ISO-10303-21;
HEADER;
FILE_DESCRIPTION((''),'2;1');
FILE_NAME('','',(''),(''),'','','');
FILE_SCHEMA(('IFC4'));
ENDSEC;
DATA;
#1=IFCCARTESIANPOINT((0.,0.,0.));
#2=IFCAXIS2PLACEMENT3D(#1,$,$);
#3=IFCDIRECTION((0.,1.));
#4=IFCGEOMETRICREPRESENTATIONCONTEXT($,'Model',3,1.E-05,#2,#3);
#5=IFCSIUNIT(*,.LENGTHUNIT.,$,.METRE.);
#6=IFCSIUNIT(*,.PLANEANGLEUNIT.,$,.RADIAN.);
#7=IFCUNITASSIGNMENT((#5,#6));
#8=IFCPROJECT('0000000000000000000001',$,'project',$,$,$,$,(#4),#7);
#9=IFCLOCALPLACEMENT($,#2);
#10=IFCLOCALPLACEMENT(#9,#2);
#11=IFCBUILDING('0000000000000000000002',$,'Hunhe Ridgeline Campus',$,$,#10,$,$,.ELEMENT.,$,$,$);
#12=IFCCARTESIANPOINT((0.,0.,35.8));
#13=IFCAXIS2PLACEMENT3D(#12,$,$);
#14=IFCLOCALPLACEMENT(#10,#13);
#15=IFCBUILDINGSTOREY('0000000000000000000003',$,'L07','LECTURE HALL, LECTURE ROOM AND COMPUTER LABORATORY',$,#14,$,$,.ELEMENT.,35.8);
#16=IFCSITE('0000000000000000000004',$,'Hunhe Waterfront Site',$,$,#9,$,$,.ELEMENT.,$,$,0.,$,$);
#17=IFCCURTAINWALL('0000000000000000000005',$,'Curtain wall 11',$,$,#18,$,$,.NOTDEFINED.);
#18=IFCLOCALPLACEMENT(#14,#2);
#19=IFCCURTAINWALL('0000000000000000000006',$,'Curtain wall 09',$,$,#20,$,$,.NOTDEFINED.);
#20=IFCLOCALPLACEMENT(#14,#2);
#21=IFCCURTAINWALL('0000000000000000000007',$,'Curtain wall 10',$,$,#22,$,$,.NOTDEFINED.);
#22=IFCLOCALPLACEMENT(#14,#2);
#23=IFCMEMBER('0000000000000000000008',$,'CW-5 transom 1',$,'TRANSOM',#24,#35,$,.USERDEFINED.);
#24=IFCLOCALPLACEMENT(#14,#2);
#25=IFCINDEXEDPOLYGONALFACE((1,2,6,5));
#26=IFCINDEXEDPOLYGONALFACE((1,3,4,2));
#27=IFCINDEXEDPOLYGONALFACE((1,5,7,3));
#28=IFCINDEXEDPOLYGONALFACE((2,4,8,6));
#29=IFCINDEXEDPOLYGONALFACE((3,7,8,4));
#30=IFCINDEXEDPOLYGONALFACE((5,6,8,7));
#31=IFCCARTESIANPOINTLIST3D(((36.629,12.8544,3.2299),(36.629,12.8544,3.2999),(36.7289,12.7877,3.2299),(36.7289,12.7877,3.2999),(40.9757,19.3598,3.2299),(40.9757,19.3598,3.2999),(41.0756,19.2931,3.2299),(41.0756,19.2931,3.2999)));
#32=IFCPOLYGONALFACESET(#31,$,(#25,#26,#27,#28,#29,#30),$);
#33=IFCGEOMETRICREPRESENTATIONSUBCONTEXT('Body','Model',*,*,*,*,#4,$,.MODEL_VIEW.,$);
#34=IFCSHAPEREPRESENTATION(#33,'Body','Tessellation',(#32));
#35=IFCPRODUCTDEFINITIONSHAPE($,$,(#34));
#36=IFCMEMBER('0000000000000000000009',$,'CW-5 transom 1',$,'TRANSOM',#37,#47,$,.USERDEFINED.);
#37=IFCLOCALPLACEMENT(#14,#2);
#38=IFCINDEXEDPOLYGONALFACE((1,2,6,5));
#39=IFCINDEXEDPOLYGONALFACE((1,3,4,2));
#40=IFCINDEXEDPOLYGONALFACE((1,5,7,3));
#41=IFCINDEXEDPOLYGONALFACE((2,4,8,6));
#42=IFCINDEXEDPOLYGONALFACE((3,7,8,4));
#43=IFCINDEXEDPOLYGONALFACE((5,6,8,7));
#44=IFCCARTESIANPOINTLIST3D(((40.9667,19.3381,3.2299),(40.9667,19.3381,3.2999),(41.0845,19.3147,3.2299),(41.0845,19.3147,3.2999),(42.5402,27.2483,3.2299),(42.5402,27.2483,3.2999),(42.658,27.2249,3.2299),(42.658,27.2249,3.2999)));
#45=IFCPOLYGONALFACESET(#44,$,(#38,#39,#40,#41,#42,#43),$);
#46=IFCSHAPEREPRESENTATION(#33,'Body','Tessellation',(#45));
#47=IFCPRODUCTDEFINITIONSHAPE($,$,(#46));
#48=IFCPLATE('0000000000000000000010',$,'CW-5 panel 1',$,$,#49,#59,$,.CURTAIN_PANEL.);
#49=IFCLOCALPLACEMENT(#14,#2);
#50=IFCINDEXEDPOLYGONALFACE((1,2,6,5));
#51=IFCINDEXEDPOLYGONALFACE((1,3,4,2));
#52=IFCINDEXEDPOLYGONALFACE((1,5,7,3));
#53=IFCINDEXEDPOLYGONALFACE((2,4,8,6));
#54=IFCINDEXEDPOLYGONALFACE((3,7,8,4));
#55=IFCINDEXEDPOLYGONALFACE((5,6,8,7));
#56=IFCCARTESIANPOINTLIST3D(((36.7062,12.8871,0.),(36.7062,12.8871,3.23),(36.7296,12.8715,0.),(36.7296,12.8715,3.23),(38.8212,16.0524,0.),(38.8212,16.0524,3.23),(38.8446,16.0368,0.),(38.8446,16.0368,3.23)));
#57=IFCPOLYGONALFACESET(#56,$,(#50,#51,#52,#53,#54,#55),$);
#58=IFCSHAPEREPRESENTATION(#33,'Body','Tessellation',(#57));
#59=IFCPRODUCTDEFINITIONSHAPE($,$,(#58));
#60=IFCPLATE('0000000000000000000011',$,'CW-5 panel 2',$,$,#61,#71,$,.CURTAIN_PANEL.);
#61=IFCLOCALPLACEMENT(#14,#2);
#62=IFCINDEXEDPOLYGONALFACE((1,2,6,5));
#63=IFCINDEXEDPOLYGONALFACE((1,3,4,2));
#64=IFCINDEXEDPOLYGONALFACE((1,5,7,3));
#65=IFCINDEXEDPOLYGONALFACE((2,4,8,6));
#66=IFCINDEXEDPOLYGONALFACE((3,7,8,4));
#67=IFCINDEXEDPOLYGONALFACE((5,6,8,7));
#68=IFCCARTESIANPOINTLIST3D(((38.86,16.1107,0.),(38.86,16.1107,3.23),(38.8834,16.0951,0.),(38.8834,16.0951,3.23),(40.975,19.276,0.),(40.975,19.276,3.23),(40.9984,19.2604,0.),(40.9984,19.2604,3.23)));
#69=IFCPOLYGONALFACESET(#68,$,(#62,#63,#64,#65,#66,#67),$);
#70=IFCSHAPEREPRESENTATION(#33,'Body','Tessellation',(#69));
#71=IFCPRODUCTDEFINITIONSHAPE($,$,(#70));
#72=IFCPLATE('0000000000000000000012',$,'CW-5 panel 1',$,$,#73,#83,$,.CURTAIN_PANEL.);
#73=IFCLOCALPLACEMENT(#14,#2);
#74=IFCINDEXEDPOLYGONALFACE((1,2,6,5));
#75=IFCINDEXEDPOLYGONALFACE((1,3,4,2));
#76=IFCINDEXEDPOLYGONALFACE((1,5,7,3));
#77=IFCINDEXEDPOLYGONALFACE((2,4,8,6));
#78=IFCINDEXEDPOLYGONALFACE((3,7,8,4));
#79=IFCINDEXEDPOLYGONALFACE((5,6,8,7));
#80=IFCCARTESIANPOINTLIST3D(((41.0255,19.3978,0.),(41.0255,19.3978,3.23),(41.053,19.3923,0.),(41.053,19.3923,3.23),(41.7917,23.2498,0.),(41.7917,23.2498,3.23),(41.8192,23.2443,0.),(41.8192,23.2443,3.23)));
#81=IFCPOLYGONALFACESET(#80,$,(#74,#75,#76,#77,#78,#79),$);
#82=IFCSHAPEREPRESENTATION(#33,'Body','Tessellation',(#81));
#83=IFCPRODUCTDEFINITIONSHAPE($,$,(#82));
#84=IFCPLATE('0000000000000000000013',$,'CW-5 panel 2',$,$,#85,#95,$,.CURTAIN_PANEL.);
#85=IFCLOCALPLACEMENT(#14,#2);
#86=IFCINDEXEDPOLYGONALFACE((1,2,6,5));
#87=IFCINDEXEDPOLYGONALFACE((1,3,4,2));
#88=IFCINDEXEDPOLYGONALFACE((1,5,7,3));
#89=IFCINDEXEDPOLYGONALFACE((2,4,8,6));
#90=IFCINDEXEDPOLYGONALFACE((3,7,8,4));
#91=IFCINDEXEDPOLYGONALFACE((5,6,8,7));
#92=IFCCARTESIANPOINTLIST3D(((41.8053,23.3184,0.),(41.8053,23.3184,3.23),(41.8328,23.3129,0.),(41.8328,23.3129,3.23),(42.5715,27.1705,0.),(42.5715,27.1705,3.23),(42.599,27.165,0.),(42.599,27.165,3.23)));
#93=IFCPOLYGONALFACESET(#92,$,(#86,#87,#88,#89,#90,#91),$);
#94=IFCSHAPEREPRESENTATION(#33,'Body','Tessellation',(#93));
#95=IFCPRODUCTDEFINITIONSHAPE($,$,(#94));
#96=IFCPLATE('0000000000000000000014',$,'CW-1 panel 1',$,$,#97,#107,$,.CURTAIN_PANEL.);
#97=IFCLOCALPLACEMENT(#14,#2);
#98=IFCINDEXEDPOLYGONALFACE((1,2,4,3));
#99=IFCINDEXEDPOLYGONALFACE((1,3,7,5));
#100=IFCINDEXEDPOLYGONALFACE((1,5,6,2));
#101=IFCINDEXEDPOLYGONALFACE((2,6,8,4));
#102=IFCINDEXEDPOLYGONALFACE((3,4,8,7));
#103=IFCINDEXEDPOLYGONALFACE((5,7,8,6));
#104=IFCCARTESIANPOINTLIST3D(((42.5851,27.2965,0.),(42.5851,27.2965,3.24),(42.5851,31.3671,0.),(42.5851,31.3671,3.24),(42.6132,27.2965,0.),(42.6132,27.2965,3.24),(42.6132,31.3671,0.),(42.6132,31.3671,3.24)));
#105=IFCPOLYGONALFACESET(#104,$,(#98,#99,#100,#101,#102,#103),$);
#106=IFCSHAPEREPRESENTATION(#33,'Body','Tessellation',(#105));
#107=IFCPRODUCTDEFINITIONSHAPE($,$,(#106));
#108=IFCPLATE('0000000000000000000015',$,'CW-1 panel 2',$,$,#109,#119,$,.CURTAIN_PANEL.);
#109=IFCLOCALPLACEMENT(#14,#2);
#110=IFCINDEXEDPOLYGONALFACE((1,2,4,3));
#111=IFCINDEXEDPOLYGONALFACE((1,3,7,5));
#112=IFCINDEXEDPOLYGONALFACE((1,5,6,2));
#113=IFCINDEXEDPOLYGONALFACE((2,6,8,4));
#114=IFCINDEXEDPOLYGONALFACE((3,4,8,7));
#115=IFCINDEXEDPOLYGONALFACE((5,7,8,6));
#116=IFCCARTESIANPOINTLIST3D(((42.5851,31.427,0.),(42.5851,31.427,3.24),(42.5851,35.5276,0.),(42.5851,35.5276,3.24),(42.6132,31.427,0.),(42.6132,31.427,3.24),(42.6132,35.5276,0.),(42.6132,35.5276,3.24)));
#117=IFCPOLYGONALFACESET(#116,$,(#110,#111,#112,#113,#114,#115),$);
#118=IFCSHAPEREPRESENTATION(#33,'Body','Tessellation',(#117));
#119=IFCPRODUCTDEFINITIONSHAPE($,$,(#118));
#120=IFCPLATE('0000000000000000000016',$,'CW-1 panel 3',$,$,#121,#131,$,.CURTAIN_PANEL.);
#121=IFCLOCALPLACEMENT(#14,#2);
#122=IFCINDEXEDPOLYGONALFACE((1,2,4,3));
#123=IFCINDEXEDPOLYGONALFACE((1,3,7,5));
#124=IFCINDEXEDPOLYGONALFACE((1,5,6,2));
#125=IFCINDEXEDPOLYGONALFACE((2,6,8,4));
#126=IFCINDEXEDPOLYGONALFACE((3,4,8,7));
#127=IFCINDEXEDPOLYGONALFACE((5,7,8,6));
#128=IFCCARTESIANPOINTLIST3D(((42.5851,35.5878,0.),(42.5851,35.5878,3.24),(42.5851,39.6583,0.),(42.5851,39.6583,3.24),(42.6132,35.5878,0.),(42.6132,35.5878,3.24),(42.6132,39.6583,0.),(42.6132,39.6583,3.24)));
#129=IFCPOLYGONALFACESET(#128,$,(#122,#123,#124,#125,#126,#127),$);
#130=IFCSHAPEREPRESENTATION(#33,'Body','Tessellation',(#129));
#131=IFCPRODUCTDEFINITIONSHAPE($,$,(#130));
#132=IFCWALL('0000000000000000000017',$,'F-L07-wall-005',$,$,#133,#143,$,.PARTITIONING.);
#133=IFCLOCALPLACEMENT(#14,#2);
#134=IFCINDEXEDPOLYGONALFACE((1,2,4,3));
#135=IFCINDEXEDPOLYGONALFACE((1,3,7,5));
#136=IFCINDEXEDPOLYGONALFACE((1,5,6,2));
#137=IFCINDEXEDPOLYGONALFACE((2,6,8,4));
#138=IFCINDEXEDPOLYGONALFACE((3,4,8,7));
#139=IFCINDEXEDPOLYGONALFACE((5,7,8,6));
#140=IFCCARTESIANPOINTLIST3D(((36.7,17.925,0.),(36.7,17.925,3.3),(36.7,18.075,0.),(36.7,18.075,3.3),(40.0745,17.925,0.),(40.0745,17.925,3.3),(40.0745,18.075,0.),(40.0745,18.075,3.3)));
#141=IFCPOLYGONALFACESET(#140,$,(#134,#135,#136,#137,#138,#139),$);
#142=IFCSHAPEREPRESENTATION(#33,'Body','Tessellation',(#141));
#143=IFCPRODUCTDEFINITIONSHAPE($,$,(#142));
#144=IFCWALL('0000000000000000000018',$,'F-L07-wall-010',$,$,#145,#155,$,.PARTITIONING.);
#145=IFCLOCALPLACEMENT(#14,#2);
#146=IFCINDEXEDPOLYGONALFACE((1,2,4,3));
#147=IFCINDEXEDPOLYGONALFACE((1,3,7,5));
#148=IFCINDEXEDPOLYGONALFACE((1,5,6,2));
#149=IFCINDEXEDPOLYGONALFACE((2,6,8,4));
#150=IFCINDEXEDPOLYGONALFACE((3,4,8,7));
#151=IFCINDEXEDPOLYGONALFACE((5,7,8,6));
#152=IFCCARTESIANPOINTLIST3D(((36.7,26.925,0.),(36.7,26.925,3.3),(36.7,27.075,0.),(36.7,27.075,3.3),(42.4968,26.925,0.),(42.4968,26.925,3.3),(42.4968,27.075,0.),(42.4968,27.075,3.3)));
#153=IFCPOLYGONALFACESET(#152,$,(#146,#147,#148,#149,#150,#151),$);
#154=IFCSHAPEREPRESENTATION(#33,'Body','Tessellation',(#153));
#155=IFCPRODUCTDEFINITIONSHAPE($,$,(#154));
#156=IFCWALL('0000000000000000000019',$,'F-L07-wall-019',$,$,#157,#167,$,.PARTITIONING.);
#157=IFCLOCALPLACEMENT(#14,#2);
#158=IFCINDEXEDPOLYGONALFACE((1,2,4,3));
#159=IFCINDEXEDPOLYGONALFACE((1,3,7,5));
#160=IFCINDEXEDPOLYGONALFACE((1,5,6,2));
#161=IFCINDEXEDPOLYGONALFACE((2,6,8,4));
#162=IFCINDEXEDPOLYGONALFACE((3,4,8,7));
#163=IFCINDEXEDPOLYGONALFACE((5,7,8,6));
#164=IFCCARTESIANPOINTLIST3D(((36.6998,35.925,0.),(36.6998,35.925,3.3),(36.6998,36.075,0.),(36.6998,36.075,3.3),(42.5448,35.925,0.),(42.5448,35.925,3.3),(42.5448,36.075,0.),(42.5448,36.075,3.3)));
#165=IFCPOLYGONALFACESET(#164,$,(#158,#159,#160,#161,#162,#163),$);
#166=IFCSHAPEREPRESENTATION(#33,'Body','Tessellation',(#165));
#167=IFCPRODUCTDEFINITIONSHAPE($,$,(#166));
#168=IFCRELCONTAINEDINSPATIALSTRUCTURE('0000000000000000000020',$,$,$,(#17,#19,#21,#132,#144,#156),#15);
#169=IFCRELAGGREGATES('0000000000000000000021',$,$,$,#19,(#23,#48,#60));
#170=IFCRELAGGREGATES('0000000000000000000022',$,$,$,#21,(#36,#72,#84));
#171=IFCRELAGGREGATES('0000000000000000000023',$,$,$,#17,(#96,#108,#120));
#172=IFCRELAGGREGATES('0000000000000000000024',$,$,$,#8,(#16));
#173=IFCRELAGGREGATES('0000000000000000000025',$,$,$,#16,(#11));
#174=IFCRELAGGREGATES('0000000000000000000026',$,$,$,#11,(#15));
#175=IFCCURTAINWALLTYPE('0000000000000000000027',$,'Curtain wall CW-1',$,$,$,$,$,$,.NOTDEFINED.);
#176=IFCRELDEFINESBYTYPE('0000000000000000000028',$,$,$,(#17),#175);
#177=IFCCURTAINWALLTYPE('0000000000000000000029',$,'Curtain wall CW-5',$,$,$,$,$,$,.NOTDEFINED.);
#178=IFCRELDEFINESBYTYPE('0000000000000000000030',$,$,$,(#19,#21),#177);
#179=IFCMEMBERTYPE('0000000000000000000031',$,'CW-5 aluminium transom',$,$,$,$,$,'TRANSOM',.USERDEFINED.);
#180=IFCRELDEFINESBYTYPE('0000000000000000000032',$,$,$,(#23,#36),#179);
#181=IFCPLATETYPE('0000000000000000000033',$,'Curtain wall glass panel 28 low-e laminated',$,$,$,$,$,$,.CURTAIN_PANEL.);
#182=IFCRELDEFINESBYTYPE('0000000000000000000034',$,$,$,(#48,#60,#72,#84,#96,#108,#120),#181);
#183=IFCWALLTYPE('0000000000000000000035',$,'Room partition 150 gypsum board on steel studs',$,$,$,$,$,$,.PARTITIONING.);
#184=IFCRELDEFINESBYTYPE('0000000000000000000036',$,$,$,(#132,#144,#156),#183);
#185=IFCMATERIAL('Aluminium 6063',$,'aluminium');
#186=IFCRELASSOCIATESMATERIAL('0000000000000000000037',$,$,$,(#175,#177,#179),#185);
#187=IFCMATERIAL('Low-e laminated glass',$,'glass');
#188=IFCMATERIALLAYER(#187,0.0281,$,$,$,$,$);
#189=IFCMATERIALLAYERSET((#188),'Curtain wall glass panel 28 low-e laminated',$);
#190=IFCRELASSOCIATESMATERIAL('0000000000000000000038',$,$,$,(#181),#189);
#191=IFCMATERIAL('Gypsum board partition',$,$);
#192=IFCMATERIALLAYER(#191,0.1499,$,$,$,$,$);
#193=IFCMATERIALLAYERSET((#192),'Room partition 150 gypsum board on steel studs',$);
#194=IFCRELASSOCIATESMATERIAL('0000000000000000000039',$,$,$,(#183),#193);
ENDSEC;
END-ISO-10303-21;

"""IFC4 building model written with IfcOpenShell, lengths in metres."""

from ifc_helpers import new_model, si_unit, direction, frame, frame_2d, origin, origin_2d, place, context, subcontext, project, spatial, rectangle, extrude, material, layer, layer_set, material_profile, profile_set, type_object, element, aggregate, save


model = new_model("IFC4")

# Units and contexts
model_context = context("Model", 3, precision=1e-05, world=origin(), true_north=direction((0.0, 1.0)))
body_context = subcontext(model_context, "Body", "Model", "MODEL_VIEW")
ifc_project = project(units=[si_unit("LENGTHUNIT", "METRE"), si_unit("PLANEANGLEUNIT", "RADIAN")], contexts=[model_context])

# Site, building, storey
site_placement = place(None, origin())
site = spatial("IfcSite", under=ifc_project, at=site_placement, Name="Hunhe Waterfront Site", CompositionType="ELEMENT", RefElevation=0.0)
building_placement = place(site_placement, origin())
building = spatial("IfcBuilding", under=site, at=building_placement, Name="Hunhe Ridgeline Campus", CompositionType="ELEMENT")
storey_placement = place(building_placement, frame((0.0, 0.0, 35.8)))
storey = spatial("IfcBuildingStorey", under=building, at=storey_placement, Name="L07", Description="LECTURE HALL, LECTURE ROOM AND COMPUTER LABORATORY", CompositionType="ELEMENT", Elevation=35.8)

# Curtain wall
ifc_material_1 = material(Name="Aluminium 6063", Category="aluminium")
curtain_wall_type_1 = type_object("IfcCurtainWallType", Name="Curtain wall CW-1", PredefinedType="NOTDEFINED", material=ifc_material_1)
curtain_wall_1_placement = place(storey_placement, origin())
curtain_wall_1 = element("IfcCurtainWall", 1, at=curtain_wall_1_placement, inside=storey, type_object=curtain_wall_type_1, Name="Curtain wall 11", PredefinedType="NOTDEFINED")

# Shared definitions
curtain_wall_type_2 = type_object("IfcCurtainWallType", Name="Curtain wall CW-5", PredefinedType="NOTDEFINED", material=ifc_material_1)

# Curtain walls
curtain_wall_2_placement = place(storey_placement, origin())
curtain_wall_2 = element("IfcCurtainWall", 2, at=curtain_wall_2_placement, inside=storey, type_object=curtain_wall_type_2, Name="Curtain wall 09", PredefinedType="NOTDEFINED")
curtain_wall_3_placement = place(storey_placement, origin())
curtain_wall_3 = element("IfcCurtainWall", 3, at=curtain_wall_3_placement, inside=storey, type_object=curtain_wall_type_2, Name="Curtain wall 10", PredefinedType="NOTDEFINED")

# Members
ifc_material_profile_1 = material_profile(ifc_material_1, rectangle(XDim=0.1201, YDim=0.0701, at=origin_2d()))
ifc_profile_set_1 = profile_set([ifc_material_profile_1], Name="Aluminium 6063")
member_type_1 = type_object("IfcMemberType", Name="CW-5 aluminium transom", ElementType="TRANSOM", PredefinedType="USERDEFINED", material=ifc_profile_set_1)
member_1_placement = place(storey_placement, frame((36.679, 12.821, 3.2649), z_axis=(0.555564, 0.831474, 0.0), x_axis=(-0.831474, 0.555564, 0.0)))
member_1 = element("IfcMember", 4, at=member_1_placement, type_object=member_type_1, Name="CW-5 transom 1", ObjectType="TRANSOM", PredefinedType="USERDEFINED", context=body_context, shape_type="SweptSolid", body=[
    extrude(rectangle(XDim=0.1201, YDim=0.0701, at=origin_2d()), origin(), (0.0, 0.0, 1.0), 7.824),
])
member_2_placement = place(storey_placement, frame((41.0256, 19.3264, 3.2649), z_axis=(0.195097, 0.980784, 0.0), x_axis=(-0.980784, 0.195097, 0.0)))
member_2 = element("IfcMember", 5, at=member_2_placement, type_object=member_type_1, Name="CW-5 transom 1", ObjectType="TRANSOM", PredefinedType="USERDEFINED", context=body_context, shape_type="SweptSolid", body=[
    extrude(rectangle(XDim=0.1201, YDim=0.0701, at=origin_2d()), origin(), (0.0, 0.0, 1.0), 8.0652),
])

# Plates
ifc_material_2 = material(Name="Low-e laminated glass", Category="glass")
ifc_layer_1 = layer(ifc_material_2, 0.0281)
ifc_layer_set_1 = layer_set([ifc_layer_1], Name="Curtain wall glass panel 28 low-e laminated")
plate_type = type_object("IfcPlateType", Name="Curtain wall glass panel 28 low-e laminated", PredefinedType="CURTAIN_PANEL", material=ifc_layer_set_1)
plate_1_placement = place(storey_placement, frame((37.7754, 14.4619, 0.0), z_axis=(0.0, 0.0, 1.0), x_axis=(0.55557, 0.83147, 0.0)))
plate_1 = element("IfcPlate", 6, at=plate_1_placement, type_object=plate_type, Name="CW-5 panel 1", PredefinedType="CURTAIN_PANEL", context=body_context, shape_type="SweptSolid", body=[
    extrude(rectangle(XDim=3.8069, YDim=0.0281, at=origin_2d()), origin(), (0.0, 0.0, 1.0), 3.23),
])
plate_2_placement = place(storey_placement, frame((39.9292, 17.6855, 0.0), z_axis=(0.0, 0.0, 1.0), x_axis=(0.55557, 0.83147, 0.0)))
plate_2 = element("IfcPlate", 7, at=plate_2_placement, type_object=plate_type, Name="CW-5 panel 2", PredefinedType="CURTAIN_PANEL", context=body_context, shape_type="SweptSolid", body=[
    extrude(rectangle(XDim=3.8069, YDim=0.0281, at=origin_2d()), origin(), (0.0, 0.0, 1.0), 3.23),
])
aggregate(curtain_wall_2, [member_1, plate_1, plate_2])
plate_3_placement = place(storey_placement, frame((41.4224, 21.321, 0.0), z_axis=(0.0, 0.0, 1.0), x_axis=(0.19509, 0.980785, 0.0)))
plate_3 = element("IfcPlate", 8, at=plate_3_placement, type_object=plate_type, Name="CW-5 panel 1", PredefinedType="CURTAIN_PANEL", context=body_context, shape_type="SweptSolid", body=[
    extrude(rectangle(XDim=3.9275, YDim=0.0281, at=origin_2d()), origin(), (0.0, 0.0, 1.0), 3.23),
])
plate_4_placement = place(storey_placement, frame((42.2021, 25.2417, 0.0), z_axis=(0.0, 0.0, 1.0), x_axis=(0.19509, 0.980785, 0.0)))
plate_4 = element("IfcPlate", 9, at=plate_4_placement, type_object=plate_type, Name="CW-5 panel 2", PredefinedType="CURTAIN_PANEL", context=body_context, shape_type="SweptSolid", body=[
    extrude(rectangle(XDim=3.9275, YDim=0.0281, at=origin_2d()), origin(), (0.0, 0.0, 1.0), 3.23),
])
aggregate(curtain_wall_3, [member_2, plate_3, plate_4])
plate_5_placement = place(storey_placement, frame((42.5991, 29.3318, 0.0), z_axis=(0.0, 0.0, 1.0), x_axis=(0.0, 1.0, 0.0)))
plate_5 = element("IfcPlate", 10, at=plate_5_placement, type_object=plate_type, Name="CW-1 panel 1", PredefinedType="CURTAIN_PANEL", context=body_context, shape_type="SweptSolid", body=[
    extrude(rectangle(XDim=4.0706, YDim=0.0281, at=origin_2d()), origin(), (0.0, 0.0, 1.0), 3.24),
])
plate_6_placement = place(storey_placement, frame((42.5991, 33.4773, 0.0), z_axis=(0.0, 0.0, 1.0), x_axis=(0.0, 1.0, 0.0)))
plate_6 = element("IfcPlate", 11, at=plate_6_placement, type_object=plate_type, Name="CW-1 panel 2", PredefinedType="CURTAIN_PANEL", context=body_context, shape_type="SweptSolid", body=[
    extrude(rectangle(XDim=4.1006, YDim=0.0281, at=origin_2d()), origin(), (0.0, 0.0, 1.0), 3.24),
])
plate_7_placement = place(storey_placement, frame((42.5991, 37.623, 0.0), z_axis=(0.0, 0.0, 1.0), x_axis=(0.0, 1.0, 0.0)))
plate_7 = element("IfcPlate", 12, at=plate_7_placement, type_object=plate_type, Name="CW-1 panel 3", PredefinedType="CURTAIN_PANEL", context=body_context, shape_type="SweptSolid", body=[
    extrude(rectangle(XDim=4.0706, YDim=0.0281, at=origin_2d()), origin(), (0.0, 0.0, 1.0), 3.24),
])
aggregate(curtain_wall_1, [plate_5, plate_6, plate_7])

# Walls
ifc_material_3 = material(Name="Gypsum board partition")
ifc_layer_2 = layer(ifc_material_3, 0.1499)
ifc_layer_set_2 = layer_set([ifc_layer_2], Name="Room partition 150 gypsum board on steel studs")
wall_type = type_object("IfcWallType", Name="Room partition 150 gypsum board on steel studs", PredefinedType="PARTITIONING", material=ifc_layer_set_2)
wall_1_placement = place(storey_placement, frame((36.7, 18.0, 0.0), z_axis=(0.0, 0.0, 1.0), x_axis=(1.0, 0.0, 0.0)))
element("IfcWall", 13, at=wall_1_placement, inside=storey, type_object=wall_type, Name="F-L07-wall-005", PredefinedType="PARTITIONING", context=body_context, shape_type="SweptSolid", body=[
    extrude(rectangle(XDim=3.3745, YDim=0.1499, at=frame_2d((1.6873, 0.0))), origin(), (0.0, 0.0, 1.0), 3.3),
])
wall_2_placement = place(storey_placement, frame((36.7, 27.0, 0.0), z_axis=(0.0, 0.0, 1.0), x_axis=(1.0, 0.0, 0.0)))
element("IfcWall", 14, at=wall_2_placement, inside=storey, type_object=wall_type, Name="F-L07-wall-010", PredefinedType="PARTITIONING", context=body_context, shape_type="SweptSolid", body=[
    extrude(rectangle(XDim=5.7969, YDim=0.1499, at=frame_2d((2.8984, 0.0))), origin(), (0.0, 0.0, 1.0), 3.3),
])
wall_3_placement = place(storey_placement, frame((36.7, 36.0, 0.0), z_axis=(0.0, 0.0, 1.0), x_axis=(1.0, 0.0, 0.0)))
element("IfcWall", 15, at=wall_3_placement, inside=storey, type_object=wall_type, Name="F-L07-wall-019", PredefinedType="PARTITIONING", context=body_context, shape_type="SweptSolid", body=[
    extrude(rectangle(XDim=5.845, YDim=0.1499, at=frame_2d((2.9224, 0.0))), origin(), (0.0, 0.0, 1.0), 3.3),
])

save(model, "model.ifc")
